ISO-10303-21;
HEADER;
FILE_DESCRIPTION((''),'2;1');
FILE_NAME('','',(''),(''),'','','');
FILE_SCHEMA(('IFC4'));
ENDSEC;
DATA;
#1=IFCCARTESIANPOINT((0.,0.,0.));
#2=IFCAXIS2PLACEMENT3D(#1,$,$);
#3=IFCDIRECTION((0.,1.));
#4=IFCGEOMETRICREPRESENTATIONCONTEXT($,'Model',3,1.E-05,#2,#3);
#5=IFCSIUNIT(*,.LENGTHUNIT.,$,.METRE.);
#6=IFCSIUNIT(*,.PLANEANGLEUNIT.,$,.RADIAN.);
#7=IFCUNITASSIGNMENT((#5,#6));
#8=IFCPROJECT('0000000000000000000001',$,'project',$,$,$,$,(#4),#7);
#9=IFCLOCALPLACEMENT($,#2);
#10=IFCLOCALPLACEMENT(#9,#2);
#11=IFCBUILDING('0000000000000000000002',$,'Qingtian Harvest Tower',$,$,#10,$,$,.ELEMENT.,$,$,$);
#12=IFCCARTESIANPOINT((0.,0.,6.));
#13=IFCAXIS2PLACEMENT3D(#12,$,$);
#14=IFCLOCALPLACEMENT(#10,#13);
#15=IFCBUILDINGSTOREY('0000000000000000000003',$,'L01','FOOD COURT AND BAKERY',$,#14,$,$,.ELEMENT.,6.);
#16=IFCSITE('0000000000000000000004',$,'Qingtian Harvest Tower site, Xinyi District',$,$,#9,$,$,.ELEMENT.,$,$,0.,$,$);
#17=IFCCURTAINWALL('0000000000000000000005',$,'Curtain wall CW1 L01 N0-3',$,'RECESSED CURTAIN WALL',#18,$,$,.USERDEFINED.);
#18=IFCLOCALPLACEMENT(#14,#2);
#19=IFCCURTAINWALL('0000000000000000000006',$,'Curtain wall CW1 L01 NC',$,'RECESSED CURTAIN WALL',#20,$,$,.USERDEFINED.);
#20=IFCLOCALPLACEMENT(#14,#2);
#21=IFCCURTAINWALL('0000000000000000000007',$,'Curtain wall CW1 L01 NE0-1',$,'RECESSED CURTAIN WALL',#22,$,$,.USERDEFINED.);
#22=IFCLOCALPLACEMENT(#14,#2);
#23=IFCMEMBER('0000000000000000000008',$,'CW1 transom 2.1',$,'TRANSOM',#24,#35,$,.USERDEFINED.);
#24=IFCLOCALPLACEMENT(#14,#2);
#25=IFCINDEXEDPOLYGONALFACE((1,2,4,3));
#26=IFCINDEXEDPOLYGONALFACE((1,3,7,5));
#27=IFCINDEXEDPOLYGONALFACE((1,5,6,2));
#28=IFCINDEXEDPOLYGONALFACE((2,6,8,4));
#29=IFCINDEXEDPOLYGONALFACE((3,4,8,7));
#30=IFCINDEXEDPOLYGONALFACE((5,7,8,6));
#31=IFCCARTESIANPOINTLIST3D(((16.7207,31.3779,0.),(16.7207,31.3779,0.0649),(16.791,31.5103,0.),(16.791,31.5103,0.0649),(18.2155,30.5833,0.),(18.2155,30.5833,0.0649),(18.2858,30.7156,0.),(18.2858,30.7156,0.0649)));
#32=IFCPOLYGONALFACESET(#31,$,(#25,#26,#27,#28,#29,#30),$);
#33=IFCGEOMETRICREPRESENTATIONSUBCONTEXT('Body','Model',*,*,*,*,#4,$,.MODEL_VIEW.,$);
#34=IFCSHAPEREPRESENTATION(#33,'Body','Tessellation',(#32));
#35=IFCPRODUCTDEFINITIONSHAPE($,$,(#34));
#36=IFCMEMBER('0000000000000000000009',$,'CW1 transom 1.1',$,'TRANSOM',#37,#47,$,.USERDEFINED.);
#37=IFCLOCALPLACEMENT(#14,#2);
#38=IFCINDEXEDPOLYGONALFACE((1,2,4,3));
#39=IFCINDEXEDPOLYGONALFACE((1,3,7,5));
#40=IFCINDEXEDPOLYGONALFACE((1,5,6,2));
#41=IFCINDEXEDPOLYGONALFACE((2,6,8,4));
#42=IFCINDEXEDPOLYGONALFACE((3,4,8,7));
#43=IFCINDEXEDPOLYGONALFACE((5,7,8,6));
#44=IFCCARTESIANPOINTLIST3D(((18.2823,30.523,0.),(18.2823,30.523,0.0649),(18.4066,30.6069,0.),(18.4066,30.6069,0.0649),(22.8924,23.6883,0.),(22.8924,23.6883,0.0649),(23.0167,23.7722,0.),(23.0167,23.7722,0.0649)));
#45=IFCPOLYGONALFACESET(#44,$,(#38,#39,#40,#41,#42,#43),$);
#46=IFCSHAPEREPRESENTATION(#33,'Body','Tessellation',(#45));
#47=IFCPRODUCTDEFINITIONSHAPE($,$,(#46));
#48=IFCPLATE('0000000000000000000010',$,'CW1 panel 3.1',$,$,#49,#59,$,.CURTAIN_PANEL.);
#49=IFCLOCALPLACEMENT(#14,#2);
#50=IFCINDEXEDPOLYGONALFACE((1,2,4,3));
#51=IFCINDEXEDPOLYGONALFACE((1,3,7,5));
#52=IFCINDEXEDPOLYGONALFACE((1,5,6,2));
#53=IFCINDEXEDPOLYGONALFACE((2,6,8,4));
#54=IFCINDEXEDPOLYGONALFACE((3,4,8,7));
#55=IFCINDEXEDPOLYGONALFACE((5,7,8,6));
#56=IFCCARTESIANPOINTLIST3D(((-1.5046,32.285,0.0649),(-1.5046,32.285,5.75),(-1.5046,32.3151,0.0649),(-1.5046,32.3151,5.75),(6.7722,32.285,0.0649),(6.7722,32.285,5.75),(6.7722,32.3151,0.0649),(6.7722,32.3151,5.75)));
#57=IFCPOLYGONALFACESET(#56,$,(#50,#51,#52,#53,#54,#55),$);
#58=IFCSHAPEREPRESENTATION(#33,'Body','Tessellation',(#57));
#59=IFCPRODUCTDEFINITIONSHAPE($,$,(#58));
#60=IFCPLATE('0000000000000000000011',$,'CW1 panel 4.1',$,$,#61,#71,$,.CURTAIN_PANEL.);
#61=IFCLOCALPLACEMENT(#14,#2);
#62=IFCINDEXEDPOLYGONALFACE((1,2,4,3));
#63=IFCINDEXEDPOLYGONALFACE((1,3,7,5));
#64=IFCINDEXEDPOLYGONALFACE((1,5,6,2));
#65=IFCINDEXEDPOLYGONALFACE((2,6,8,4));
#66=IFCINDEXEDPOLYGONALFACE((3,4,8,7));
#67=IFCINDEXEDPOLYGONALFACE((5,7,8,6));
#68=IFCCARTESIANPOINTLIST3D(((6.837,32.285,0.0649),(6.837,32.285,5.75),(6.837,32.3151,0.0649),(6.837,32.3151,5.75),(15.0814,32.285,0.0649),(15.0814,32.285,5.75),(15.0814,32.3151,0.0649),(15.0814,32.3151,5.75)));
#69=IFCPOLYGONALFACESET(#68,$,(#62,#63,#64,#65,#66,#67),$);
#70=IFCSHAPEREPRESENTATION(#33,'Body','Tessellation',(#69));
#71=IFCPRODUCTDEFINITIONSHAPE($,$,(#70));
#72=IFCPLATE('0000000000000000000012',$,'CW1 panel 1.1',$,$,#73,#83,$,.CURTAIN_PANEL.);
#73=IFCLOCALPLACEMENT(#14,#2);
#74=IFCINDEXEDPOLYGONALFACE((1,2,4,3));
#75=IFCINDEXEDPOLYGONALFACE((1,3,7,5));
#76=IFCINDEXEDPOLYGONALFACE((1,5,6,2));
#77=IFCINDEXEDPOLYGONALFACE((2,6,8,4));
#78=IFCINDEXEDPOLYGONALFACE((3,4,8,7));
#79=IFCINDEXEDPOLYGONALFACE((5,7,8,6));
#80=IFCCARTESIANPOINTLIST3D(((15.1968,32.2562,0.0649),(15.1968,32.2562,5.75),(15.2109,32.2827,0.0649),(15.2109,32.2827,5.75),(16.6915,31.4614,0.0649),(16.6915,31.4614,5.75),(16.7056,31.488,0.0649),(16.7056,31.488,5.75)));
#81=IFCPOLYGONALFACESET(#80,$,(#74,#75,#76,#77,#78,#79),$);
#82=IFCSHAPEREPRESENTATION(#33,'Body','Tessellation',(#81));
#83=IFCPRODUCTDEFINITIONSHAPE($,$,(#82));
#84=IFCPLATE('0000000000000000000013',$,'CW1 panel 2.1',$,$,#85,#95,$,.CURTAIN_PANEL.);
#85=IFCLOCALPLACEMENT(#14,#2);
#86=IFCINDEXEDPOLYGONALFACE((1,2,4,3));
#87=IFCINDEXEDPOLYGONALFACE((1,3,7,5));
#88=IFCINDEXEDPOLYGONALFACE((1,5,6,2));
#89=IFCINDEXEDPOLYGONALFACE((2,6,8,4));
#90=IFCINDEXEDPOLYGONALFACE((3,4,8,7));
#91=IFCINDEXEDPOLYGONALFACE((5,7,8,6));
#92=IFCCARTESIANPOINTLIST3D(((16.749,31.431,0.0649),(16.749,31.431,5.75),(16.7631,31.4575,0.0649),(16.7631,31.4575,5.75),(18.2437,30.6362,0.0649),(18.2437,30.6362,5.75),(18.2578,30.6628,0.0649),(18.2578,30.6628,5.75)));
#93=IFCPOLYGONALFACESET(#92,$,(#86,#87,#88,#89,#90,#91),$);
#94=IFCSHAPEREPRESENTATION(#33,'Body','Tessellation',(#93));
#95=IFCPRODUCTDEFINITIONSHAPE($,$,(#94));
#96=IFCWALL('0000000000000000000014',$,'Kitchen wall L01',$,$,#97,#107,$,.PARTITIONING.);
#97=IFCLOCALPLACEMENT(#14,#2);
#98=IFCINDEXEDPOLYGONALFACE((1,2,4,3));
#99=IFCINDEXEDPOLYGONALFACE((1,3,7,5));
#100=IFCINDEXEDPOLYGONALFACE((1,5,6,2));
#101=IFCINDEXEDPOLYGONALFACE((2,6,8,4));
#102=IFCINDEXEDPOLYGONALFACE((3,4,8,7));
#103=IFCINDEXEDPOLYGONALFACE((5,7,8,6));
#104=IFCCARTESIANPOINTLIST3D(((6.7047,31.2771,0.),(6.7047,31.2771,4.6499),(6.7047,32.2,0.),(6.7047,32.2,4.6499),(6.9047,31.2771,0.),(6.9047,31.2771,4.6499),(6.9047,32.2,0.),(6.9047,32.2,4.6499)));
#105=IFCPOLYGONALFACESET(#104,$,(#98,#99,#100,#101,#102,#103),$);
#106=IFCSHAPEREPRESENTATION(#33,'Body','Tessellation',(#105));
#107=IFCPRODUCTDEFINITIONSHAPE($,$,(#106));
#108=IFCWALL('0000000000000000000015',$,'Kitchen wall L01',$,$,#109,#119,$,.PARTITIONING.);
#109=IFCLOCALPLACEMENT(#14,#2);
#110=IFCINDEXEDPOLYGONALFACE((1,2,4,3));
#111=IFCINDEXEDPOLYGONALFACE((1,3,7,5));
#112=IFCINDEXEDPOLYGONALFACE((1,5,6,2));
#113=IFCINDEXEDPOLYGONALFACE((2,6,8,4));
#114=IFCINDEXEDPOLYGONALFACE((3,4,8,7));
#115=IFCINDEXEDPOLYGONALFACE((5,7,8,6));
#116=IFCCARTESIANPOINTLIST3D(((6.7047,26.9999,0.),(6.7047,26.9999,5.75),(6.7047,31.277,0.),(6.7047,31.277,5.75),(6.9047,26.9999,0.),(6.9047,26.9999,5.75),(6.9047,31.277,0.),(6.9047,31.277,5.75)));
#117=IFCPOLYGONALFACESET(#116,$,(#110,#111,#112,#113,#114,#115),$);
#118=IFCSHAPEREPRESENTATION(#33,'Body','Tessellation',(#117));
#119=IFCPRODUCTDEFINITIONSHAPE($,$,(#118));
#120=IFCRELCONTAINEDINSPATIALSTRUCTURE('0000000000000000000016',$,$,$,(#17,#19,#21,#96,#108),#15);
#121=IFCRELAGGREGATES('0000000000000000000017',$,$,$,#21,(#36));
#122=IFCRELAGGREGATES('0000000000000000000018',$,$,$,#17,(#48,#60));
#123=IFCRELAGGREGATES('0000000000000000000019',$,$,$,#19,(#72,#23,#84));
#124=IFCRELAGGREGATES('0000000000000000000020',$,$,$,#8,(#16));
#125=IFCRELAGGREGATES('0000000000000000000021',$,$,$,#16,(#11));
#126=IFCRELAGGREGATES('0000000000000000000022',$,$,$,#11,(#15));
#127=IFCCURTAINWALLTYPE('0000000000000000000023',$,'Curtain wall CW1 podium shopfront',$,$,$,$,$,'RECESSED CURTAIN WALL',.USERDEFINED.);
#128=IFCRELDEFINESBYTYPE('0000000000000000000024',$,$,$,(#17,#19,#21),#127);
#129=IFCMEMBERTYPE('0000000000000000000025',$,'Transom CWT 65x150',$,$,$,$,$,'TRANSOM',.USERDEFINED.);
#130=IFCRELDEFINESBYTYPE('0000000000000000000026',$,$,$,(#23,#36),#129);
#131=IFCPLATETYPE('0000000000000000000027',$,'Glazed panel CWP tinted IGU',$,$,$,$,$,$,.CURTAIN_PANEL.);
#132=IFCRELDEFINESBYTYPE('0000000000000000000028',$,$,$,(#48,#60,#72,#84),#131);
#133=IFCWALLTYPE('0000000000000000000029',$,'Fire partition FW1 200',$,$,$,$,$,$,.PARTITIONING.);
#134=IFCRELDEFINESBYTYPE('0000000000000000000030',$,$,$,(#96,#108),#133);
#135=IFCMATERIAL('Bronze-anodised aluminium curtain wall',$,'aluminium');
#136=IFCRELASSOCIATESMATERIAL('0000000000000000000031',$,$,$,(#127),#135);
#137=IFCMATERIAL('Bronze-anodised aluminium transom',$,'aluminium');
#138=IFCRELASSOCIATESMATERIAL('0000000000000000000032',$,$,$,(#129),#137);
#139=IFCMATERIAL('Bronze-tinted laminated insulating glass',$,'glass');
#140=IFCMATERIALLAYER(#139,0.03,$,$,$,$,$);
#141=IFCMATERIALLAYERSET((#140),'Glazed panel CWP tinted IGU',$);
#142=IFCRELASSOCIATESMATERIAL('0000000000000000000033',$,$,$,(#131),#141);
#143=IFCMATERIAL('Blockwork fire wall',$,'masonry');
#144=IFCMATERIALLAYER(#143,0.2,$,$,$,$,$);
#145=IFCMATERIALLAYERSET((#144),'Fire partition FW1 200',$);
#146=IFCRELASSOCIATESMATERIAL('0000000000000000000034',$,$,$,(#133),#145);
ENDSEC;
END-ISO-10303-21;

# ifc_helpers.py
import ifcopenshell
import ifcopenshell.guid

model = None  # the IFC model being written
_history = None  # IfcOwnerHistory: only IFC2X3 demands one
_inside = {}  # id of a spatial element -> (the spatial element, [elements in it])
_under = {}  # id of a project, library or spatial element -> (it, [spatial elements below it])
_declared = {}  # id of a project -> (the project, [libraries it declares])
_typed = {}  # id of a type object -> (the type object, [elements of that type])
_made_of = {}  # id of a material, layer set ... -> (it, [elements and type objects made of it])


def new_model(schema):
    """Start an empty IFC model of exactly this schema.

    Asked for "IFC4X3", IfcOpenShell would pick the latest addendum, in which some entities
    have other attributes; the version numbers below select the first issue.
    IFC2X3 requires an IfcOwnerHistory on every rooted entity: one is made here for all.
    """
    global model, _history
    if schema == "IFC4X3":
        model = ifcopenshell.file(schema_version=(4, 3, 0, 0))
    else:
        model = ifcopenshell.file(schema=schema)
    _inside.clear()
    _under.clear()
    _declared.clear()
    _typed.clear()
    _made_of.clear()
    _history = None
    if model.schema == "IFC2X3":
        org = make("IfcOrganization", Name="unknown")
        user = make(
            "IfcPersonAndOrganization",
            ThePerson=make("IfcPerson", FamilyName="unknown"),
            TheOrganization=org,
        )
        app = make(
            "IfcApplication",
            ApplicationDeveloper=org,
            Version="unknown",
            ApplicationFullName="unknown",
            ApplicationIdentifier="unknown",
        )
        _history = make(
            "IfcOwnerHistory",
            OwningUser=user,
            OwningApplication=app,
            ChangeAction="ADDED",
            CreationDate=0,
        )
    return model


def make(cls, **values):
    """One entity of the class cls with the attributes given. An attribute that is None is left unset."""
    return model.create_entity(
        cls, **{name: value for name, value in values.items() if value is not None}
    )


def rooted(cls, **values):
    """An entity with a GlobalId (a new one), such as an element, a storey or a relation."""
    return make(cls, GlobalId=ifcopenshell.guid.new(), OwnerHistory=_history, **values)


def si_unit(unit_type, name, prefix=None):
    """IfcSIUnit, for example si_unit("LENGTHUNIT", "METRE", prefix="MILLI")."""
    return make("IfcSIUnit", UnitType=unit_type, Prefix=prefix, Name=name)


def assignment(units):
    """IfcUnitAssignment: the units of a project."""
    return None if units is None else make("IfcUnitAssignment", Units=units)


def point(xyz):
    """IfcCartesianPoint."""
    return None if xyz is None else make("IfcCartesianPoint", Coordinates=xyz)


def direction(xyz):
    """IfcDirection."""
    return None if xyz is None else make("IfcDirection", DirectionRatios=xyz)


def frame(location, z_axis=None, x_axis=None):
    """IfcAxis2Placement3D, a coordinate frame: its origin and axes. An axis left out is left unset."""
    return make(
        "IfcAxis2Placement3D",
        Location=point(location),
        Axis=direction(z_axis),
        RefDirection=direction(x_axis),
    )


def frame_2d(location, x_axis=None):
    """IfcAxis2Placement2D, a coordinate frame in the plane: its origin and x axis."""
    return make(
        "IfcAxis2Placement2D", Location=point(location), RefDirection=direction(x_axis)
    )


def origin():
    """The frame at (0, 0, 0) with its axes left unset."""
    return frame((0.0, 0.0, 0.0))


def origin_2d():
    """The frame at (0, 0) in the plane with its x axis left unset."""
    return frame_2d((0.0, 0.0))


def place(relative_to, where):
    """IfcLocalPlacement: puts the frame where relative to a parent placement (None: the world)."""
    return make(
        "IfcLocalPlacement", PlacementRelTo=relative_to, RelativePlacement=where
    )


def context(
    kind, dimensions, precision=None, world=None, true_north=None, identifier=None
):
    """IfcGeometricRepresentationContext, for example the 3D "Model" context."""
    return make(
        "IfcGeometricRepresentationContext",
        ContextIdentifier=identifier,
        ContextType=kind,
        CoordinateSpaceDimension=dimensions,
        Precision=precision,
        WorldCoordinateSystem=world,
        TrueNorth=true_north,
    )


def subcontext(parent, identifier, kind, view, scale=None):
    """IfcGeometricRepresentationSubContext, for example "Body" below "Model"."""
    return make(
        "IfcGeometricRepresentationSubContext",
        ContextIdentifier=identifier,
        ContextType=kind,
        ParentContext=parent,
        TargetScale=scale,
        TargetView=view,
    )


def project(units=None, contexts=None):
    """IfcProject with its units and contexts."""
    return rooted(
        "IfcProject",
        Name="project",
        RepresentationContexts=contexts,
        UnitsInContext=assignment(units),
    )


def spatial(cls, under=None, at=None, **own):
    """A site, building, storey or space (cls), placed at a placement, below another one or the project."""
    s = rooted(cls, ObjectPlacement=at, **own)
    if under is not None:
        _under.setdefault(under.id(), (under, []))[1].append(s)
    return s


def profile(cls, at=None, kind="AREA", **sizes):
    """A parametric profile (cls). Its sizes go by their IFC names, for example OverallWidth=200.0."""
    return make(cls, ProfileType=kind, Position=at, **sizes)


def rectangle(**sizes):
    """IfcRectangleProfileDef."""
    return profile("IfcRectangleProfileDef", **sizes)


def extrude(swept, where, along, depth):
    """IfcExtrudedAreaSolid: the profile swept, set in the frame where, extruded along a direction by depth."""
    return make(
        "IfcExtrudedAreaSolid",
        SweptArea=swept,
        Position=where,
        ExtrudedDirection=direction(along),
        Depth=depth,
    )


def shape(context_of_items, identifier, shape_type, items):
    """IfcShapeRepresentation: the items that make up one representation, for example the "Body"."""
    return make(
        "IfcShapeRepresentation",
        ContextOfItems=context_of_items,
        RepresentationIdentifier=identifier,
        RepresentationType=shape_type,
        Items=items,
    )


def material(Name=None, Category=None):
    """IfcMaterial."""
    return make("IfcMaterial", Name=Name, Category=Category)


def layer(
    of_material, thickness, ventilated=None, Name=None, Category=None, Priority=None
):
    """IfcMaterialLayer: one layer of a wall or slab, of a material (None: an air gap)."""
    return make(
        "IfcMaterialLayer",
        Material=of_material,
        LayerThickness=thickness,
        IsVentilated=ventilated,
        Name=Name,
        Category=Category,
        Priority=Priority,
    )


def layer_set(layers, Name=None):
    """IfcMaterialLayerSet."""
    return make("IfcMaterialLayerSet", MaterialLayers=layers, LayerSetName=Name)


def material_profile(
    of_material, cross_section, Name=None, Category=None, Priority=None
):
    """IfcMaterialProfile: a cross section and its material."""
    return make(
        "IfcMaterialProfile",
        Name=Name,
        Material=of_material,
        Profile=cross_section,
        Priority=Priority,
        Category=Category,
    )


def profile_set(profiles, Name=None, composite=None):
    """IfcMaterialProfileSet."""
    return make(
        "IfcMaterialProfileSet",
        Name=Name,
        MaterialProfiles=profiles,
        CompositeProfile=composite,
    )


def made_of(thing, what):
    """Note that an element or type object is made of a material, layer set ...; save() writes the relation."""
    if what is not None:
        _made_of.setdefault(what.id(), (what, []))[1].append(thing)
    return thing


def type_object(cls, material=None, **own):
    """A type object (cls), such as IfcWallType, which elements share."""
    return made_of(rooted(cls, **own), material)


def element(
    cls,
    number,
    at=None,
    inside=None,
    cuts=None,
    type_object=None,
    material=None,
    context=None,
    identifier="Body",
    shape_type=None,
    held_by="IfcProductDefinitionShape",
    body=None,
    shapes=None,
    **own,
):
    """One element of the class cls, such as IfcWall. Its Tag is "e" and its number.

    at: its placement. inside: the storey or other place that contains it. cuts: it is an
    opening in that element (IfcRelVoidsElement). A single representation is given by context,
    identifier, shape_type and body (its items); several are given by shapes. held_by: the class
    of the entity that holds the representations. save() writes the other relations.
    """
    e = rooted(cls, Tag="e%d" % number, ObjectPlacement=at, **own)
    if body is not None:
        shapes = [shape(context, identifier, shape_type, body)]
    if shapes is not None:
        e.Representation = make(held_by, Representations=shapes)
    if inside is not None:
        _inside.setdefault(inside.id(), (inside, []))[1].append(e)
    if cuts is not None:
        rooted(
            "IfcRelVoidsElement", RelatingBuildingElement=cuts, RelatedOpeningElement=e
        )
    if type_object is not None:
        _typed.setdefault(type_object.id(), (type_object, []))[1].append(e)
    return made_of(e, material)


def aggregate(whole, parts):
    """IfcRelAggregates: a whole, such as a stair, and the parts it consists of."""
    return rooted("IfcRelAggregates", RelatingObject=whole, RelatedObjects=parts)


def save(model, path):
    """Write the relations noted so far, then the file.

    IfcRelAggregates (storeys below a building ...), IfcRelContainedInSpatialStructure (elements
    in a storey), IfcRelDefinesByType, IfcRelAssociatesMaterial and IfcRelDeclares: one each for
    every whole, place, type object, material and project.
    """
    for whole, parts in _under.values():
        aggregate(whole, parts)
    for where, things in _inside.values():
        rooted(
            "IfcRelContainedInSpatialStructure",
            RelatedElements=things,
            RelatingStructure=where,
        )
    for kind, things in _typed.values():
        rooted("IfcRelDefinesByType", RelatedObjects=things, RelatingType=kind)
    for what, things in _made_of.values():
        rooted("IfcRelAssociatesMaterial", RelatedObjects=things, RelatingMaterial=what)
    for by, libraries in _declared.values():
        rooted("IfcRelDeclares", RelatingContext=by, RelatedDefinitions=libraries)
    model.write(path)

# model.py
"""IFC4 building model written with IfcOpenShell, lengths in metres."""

from ifc_helpers import new_model, si_unit, direction, frame, frame_2d, origin, origin_2d, place, context, subcontext, project, spatial, rectangle, extrude, material, layer, layer_set, material_profile, profile_set, type_object, element, aggregate, save


model = new_model("IFC4")

# Units and contexts
model_context = context("Model", 3, precision=1e-05, world=origin(), true_north=direction((0.0, 1.0)))
body_context = subcontext(model_context, "Body", "Model", "MODEL_VIEW")
ifc_project = project(units=[si_unit("LENGTHUNIT", "METRE"), si_unit("PLANEANGLEUNIT", "RADIAN")], contexts=[model_context])

# Site, building, storey
site_placement = place(None, origin())
site = spatial("IfcSite", under=ifc_project, at=site_placement, Name="Qingtian Harvest Tower site, Xinyi District", CompositionType="ELEMENT", RefElevation=0.0)
building_placement = place(site_placement, origin())
building = spatial("IfcBuilding", under=site, at=building_placement, Name="Qingtian Harvest Tower", CompositionType="ELEMENT")
storey_placement = place(building_placement, frame((0.0, 0.0, 6.0)))
storey = spatial("IfcBuildingStorey", under=building, at=storey_placement, Name="L01", Description="FOOD COURT AND BAKERY", CompositionType="ELEMENT", Elevation=6.0)

# Curtain walls
ifc_material_1 = material(Name="Bronze-anodised aluminium curtain wall", Category="aluminium")
curtain_wall_type = type_object("IfcCurtainWallType", Name="Curtain wall CW1 podium shopfront", ElementType="RECESSED CURTAIN WALL", PredefinedType="USERDEFINED", material=ifc_material_1)
curtain_wall_1_placement = place(storey_placement, origin())
curtain_wall_1 = element("IfcCurtainWall", 1, at=curtain_wall_1_placement, inside=storey, type_object=curtain_wall_type, Name="Curtain wall CW1 L01 N0-3", ObjectType="RECESSED CURTAIN WALL", PredefinedType="USERDEFINED")
curtain_wall_2_placement = place(storey_placement, origin())
curtain_wall_2 = element("IfcCurtainWall", 2, at=curtain_wall_2_placement, inside=storey, type_object=curtain_wall_type, Name="Curtain wall CW1 L01 NC", ObjectType="RECESSED CURTAIN WALL", PredefinedType="USERDEFINED")

# Curtain wall
curtain_wall_3_placement = place(storey_placement, origin())
curtain_wall_3 = element("IfcCurtainWall", 3, at=curtain_wall_3_placement, inside=storey, type_object=curtain_wall_type, Name="Curtain wall CW1 L01 NE0-1", ObjectType="RECESSED CURTAIN WALL", PredefinedType="USERDEFINED")

# Members
ifc_material_2 = material(Name="Bronze-anodised aluminium transom", Category="aluminium")
ifc_material_profile_1 = material_profile(ifc_material_2, rectangle(XDim=0.1499, YDim=0.0649, at=origin_2d()), Name="AL 65x150")
ifc_profile_set_1 = profile_set([ifc_material_profile_1], Name="Bronze-anodised aluminium transom")
member_type_1 = type_object("IfcMemberType", Name="Transom CWT 65x150", ElementType="TRANSOM", PredefinedType="USERDEFINED", material=ifc_profile_set_1)
member_1_placement = place(storey_placement, frame((16.7559, 31.4441, 0.0325), z_axis=(0.882987, -0.469398, 0.0), x_axis=(0.469398, 0.882987, 0.0)))
member_1 = element("IfcMember", 4, at=member_1_placement, type_object=member_type_1, Name="CW1 transom 2.1", ObjectType="TRANSOM", PredefinedType="USERDEFINED", context=body_context, shape_type="SweptSolid", body=[
    extrude(rectangle(XDim=0.1499, YDim=0.0649, at=origin_2d()), origin(), (0.0, 0.0, 1.0), 1.6929),
])
member_2_placement = place(storey_placement, frame((18.3445, 30.5649, 0.0325), z_axis=(0.559196, -0.829036, 0.0), x_axis=(0.829036, 0.559196, 0.0)))
member_2 = element("IfcMember", 5, at=member_2_placement, type_object=member_type_1, Name="CW1 transom 1.1", ObjectType="TRANSOM", PredefinedType="USERDEFINED", context=body_context, shape_type="SweptSolid", body=[
    extrude(rectangle(XDim=0.1499, YDim=0.0649, at=origin_2d()), origin(), (0.0, 0.0, 1.0), 8.2441),
])
aggregate(curtain_wall_3, [member_2])

# Plates
ifc_material_3 = material(Name="Bronze-tinted laminated insulating glass", Category="glass")
ifc_layer_1 = layer(ifc_material_3, 0.03)
ifc_layer_set_1 = layer_set([ifc_layer_1], Name="Glazed panel CWP tinted IGU")
plate_type = type_object("IfcPlateType", Name="Glazed panel CWP tinted IGU", PredefinedType="CURTAIN_PANEL", material=ifc_layer_set_1)
plate_1_placement = place(storey_placement, frame((2.6338, 32.3, 0.0649), z_axis=(0.0, 0.0, 1.0), x_axis=(1.0, 0.0, 0.0)))
plate_1 = element("IfcPlate", 6, at=plate_1_placement, type_object=plate_type, Name="CW1 panel 3.1", PredefinedType="CURTAIN_PANEL", context=body_context, shape_type="SweptSolid", body=[
    extrude(rectangle(XDim=8.2769, YDim=0.03, at=origin_2d()), origin(), (0.0, 0.0, 1.0), 5.6851),
])
plate_2_placement = place(storey_placement, frame((10.9592, 32.3, 0.0649), z_axis=(0.0, 0.0, 1.0), x_axis=(1.0, 0.0, 0.0)))
plate_2 = element("IfcPlate", 7, at=plate_2_placement, type_object=plate_type, Name="CW1 panel 4.1", PredefinedType="CURTAIN_PANEL", context=body_context, shape_type="SweptSolid", body=[
    extrude(rectangle(XDim=8.2444, YDim=0.03, at=origin_2d()), origin(), (0.0, 0.0, 1.0), 5.6851),
])
aggregate(curtain_wall_1, [plate_1, plate_2])
plate_3_placement = place(storey_placement, frame((15.9512, 31.8721, 0.0649), z_axis=(0.0, 0.0, 1.0), x_axis=(0.882948, -0.469472, 0.0)))
plate_3 = element("IfcPlate", 8, at=plate_3_placement, type_object=plate_type, Name="CW1 panel 1.1", PredefinedType="CURTAIN_PANEL", context=body_context, shape_type="SweptSolid", body=[
    extrude(rectangle(XDim=1.6929, YDim=0.03, at=origin_2d()), origin(), (0.0, 0.0, 1.0), 5.6851),
])
plate_4_placement = place(storey_placement, frame((17.5034, 31.0469, 0.0649), z_axis=(0.0, 0.0, 1.0), x_axis=(0.882948, -0.469472, 0.0)))
plate_4 = element("IfcPlate", 9, at=plate_4_placement, type_object=plate_type, Name="CW1 panel 2.1", PredefinedType="CURTAIN_PANEL", context=body_context, shape_type="SweptSolid", body=[
    extrude(rectangle(XDim=1.6929, YDim=0.03, at=origin_2d()), origin(), (0.0, 0.0, 1.0), 5.6851),
])
aggregate(curtain_wall_2, [plate_3, member_1, plate_4])

# Walls
ifc_material_4 = material(Name="Blockwork fire wall", Category="masonry")
ifc_layer_2 = layer(ifc_material_4, 0.2)
ifc_layer_set_2 = layer_set([ifc_layer_2], Name="Fire partition FW1 200")
wall_type = type_object("IfcWallType", Name="Fire partition FW1 200", PredefinedType="PARTITIONING", material=ifc_layer_set_2)
wall_1_placement = place(storey_placement, frame((6.8047, 32.2, 0.0), z_axis=(0.0, 0.0, 1.0), x_axis=(0.0, -1.0, 0.0)))
element("IfcWall", 10, at=wall_1_placement, inside=storey, type_object=wall_type, Name="Kitchen wall L01", PredefinedType="PARTITIONING", context=body_context, shape_type="SweptSolid", body=[
    extrude(rectangle(XDim=0.9229, YDim=0.2, at=frame_2d((0.4614, 0.0))), origin(), (0.0, 0.0, 1.0), 4.6499),
])
wall_2_placement = place(storey_placement, frame((6.8047, 31.2771, 0.0), z_axis=(0.0, 0.0, 1.0), x_axis=(0.0, -1.0, 0.0)))
element("IfcWall", 11, at=wall_2_placement, inside=storey, type_object=wall_type, Name="Kitchen wall L01", PredefinedType="PARTITIONING", context=body_context, shape_type="SweptSolid", body=[
    extrude(rectangle(XDim=4.2771, YDim=0.2, at=frame_2d((2.1387, 0.0))), origin(), (0.0, 0.0, 1.0), 5.75),
])

save(model, "model.ifc")
